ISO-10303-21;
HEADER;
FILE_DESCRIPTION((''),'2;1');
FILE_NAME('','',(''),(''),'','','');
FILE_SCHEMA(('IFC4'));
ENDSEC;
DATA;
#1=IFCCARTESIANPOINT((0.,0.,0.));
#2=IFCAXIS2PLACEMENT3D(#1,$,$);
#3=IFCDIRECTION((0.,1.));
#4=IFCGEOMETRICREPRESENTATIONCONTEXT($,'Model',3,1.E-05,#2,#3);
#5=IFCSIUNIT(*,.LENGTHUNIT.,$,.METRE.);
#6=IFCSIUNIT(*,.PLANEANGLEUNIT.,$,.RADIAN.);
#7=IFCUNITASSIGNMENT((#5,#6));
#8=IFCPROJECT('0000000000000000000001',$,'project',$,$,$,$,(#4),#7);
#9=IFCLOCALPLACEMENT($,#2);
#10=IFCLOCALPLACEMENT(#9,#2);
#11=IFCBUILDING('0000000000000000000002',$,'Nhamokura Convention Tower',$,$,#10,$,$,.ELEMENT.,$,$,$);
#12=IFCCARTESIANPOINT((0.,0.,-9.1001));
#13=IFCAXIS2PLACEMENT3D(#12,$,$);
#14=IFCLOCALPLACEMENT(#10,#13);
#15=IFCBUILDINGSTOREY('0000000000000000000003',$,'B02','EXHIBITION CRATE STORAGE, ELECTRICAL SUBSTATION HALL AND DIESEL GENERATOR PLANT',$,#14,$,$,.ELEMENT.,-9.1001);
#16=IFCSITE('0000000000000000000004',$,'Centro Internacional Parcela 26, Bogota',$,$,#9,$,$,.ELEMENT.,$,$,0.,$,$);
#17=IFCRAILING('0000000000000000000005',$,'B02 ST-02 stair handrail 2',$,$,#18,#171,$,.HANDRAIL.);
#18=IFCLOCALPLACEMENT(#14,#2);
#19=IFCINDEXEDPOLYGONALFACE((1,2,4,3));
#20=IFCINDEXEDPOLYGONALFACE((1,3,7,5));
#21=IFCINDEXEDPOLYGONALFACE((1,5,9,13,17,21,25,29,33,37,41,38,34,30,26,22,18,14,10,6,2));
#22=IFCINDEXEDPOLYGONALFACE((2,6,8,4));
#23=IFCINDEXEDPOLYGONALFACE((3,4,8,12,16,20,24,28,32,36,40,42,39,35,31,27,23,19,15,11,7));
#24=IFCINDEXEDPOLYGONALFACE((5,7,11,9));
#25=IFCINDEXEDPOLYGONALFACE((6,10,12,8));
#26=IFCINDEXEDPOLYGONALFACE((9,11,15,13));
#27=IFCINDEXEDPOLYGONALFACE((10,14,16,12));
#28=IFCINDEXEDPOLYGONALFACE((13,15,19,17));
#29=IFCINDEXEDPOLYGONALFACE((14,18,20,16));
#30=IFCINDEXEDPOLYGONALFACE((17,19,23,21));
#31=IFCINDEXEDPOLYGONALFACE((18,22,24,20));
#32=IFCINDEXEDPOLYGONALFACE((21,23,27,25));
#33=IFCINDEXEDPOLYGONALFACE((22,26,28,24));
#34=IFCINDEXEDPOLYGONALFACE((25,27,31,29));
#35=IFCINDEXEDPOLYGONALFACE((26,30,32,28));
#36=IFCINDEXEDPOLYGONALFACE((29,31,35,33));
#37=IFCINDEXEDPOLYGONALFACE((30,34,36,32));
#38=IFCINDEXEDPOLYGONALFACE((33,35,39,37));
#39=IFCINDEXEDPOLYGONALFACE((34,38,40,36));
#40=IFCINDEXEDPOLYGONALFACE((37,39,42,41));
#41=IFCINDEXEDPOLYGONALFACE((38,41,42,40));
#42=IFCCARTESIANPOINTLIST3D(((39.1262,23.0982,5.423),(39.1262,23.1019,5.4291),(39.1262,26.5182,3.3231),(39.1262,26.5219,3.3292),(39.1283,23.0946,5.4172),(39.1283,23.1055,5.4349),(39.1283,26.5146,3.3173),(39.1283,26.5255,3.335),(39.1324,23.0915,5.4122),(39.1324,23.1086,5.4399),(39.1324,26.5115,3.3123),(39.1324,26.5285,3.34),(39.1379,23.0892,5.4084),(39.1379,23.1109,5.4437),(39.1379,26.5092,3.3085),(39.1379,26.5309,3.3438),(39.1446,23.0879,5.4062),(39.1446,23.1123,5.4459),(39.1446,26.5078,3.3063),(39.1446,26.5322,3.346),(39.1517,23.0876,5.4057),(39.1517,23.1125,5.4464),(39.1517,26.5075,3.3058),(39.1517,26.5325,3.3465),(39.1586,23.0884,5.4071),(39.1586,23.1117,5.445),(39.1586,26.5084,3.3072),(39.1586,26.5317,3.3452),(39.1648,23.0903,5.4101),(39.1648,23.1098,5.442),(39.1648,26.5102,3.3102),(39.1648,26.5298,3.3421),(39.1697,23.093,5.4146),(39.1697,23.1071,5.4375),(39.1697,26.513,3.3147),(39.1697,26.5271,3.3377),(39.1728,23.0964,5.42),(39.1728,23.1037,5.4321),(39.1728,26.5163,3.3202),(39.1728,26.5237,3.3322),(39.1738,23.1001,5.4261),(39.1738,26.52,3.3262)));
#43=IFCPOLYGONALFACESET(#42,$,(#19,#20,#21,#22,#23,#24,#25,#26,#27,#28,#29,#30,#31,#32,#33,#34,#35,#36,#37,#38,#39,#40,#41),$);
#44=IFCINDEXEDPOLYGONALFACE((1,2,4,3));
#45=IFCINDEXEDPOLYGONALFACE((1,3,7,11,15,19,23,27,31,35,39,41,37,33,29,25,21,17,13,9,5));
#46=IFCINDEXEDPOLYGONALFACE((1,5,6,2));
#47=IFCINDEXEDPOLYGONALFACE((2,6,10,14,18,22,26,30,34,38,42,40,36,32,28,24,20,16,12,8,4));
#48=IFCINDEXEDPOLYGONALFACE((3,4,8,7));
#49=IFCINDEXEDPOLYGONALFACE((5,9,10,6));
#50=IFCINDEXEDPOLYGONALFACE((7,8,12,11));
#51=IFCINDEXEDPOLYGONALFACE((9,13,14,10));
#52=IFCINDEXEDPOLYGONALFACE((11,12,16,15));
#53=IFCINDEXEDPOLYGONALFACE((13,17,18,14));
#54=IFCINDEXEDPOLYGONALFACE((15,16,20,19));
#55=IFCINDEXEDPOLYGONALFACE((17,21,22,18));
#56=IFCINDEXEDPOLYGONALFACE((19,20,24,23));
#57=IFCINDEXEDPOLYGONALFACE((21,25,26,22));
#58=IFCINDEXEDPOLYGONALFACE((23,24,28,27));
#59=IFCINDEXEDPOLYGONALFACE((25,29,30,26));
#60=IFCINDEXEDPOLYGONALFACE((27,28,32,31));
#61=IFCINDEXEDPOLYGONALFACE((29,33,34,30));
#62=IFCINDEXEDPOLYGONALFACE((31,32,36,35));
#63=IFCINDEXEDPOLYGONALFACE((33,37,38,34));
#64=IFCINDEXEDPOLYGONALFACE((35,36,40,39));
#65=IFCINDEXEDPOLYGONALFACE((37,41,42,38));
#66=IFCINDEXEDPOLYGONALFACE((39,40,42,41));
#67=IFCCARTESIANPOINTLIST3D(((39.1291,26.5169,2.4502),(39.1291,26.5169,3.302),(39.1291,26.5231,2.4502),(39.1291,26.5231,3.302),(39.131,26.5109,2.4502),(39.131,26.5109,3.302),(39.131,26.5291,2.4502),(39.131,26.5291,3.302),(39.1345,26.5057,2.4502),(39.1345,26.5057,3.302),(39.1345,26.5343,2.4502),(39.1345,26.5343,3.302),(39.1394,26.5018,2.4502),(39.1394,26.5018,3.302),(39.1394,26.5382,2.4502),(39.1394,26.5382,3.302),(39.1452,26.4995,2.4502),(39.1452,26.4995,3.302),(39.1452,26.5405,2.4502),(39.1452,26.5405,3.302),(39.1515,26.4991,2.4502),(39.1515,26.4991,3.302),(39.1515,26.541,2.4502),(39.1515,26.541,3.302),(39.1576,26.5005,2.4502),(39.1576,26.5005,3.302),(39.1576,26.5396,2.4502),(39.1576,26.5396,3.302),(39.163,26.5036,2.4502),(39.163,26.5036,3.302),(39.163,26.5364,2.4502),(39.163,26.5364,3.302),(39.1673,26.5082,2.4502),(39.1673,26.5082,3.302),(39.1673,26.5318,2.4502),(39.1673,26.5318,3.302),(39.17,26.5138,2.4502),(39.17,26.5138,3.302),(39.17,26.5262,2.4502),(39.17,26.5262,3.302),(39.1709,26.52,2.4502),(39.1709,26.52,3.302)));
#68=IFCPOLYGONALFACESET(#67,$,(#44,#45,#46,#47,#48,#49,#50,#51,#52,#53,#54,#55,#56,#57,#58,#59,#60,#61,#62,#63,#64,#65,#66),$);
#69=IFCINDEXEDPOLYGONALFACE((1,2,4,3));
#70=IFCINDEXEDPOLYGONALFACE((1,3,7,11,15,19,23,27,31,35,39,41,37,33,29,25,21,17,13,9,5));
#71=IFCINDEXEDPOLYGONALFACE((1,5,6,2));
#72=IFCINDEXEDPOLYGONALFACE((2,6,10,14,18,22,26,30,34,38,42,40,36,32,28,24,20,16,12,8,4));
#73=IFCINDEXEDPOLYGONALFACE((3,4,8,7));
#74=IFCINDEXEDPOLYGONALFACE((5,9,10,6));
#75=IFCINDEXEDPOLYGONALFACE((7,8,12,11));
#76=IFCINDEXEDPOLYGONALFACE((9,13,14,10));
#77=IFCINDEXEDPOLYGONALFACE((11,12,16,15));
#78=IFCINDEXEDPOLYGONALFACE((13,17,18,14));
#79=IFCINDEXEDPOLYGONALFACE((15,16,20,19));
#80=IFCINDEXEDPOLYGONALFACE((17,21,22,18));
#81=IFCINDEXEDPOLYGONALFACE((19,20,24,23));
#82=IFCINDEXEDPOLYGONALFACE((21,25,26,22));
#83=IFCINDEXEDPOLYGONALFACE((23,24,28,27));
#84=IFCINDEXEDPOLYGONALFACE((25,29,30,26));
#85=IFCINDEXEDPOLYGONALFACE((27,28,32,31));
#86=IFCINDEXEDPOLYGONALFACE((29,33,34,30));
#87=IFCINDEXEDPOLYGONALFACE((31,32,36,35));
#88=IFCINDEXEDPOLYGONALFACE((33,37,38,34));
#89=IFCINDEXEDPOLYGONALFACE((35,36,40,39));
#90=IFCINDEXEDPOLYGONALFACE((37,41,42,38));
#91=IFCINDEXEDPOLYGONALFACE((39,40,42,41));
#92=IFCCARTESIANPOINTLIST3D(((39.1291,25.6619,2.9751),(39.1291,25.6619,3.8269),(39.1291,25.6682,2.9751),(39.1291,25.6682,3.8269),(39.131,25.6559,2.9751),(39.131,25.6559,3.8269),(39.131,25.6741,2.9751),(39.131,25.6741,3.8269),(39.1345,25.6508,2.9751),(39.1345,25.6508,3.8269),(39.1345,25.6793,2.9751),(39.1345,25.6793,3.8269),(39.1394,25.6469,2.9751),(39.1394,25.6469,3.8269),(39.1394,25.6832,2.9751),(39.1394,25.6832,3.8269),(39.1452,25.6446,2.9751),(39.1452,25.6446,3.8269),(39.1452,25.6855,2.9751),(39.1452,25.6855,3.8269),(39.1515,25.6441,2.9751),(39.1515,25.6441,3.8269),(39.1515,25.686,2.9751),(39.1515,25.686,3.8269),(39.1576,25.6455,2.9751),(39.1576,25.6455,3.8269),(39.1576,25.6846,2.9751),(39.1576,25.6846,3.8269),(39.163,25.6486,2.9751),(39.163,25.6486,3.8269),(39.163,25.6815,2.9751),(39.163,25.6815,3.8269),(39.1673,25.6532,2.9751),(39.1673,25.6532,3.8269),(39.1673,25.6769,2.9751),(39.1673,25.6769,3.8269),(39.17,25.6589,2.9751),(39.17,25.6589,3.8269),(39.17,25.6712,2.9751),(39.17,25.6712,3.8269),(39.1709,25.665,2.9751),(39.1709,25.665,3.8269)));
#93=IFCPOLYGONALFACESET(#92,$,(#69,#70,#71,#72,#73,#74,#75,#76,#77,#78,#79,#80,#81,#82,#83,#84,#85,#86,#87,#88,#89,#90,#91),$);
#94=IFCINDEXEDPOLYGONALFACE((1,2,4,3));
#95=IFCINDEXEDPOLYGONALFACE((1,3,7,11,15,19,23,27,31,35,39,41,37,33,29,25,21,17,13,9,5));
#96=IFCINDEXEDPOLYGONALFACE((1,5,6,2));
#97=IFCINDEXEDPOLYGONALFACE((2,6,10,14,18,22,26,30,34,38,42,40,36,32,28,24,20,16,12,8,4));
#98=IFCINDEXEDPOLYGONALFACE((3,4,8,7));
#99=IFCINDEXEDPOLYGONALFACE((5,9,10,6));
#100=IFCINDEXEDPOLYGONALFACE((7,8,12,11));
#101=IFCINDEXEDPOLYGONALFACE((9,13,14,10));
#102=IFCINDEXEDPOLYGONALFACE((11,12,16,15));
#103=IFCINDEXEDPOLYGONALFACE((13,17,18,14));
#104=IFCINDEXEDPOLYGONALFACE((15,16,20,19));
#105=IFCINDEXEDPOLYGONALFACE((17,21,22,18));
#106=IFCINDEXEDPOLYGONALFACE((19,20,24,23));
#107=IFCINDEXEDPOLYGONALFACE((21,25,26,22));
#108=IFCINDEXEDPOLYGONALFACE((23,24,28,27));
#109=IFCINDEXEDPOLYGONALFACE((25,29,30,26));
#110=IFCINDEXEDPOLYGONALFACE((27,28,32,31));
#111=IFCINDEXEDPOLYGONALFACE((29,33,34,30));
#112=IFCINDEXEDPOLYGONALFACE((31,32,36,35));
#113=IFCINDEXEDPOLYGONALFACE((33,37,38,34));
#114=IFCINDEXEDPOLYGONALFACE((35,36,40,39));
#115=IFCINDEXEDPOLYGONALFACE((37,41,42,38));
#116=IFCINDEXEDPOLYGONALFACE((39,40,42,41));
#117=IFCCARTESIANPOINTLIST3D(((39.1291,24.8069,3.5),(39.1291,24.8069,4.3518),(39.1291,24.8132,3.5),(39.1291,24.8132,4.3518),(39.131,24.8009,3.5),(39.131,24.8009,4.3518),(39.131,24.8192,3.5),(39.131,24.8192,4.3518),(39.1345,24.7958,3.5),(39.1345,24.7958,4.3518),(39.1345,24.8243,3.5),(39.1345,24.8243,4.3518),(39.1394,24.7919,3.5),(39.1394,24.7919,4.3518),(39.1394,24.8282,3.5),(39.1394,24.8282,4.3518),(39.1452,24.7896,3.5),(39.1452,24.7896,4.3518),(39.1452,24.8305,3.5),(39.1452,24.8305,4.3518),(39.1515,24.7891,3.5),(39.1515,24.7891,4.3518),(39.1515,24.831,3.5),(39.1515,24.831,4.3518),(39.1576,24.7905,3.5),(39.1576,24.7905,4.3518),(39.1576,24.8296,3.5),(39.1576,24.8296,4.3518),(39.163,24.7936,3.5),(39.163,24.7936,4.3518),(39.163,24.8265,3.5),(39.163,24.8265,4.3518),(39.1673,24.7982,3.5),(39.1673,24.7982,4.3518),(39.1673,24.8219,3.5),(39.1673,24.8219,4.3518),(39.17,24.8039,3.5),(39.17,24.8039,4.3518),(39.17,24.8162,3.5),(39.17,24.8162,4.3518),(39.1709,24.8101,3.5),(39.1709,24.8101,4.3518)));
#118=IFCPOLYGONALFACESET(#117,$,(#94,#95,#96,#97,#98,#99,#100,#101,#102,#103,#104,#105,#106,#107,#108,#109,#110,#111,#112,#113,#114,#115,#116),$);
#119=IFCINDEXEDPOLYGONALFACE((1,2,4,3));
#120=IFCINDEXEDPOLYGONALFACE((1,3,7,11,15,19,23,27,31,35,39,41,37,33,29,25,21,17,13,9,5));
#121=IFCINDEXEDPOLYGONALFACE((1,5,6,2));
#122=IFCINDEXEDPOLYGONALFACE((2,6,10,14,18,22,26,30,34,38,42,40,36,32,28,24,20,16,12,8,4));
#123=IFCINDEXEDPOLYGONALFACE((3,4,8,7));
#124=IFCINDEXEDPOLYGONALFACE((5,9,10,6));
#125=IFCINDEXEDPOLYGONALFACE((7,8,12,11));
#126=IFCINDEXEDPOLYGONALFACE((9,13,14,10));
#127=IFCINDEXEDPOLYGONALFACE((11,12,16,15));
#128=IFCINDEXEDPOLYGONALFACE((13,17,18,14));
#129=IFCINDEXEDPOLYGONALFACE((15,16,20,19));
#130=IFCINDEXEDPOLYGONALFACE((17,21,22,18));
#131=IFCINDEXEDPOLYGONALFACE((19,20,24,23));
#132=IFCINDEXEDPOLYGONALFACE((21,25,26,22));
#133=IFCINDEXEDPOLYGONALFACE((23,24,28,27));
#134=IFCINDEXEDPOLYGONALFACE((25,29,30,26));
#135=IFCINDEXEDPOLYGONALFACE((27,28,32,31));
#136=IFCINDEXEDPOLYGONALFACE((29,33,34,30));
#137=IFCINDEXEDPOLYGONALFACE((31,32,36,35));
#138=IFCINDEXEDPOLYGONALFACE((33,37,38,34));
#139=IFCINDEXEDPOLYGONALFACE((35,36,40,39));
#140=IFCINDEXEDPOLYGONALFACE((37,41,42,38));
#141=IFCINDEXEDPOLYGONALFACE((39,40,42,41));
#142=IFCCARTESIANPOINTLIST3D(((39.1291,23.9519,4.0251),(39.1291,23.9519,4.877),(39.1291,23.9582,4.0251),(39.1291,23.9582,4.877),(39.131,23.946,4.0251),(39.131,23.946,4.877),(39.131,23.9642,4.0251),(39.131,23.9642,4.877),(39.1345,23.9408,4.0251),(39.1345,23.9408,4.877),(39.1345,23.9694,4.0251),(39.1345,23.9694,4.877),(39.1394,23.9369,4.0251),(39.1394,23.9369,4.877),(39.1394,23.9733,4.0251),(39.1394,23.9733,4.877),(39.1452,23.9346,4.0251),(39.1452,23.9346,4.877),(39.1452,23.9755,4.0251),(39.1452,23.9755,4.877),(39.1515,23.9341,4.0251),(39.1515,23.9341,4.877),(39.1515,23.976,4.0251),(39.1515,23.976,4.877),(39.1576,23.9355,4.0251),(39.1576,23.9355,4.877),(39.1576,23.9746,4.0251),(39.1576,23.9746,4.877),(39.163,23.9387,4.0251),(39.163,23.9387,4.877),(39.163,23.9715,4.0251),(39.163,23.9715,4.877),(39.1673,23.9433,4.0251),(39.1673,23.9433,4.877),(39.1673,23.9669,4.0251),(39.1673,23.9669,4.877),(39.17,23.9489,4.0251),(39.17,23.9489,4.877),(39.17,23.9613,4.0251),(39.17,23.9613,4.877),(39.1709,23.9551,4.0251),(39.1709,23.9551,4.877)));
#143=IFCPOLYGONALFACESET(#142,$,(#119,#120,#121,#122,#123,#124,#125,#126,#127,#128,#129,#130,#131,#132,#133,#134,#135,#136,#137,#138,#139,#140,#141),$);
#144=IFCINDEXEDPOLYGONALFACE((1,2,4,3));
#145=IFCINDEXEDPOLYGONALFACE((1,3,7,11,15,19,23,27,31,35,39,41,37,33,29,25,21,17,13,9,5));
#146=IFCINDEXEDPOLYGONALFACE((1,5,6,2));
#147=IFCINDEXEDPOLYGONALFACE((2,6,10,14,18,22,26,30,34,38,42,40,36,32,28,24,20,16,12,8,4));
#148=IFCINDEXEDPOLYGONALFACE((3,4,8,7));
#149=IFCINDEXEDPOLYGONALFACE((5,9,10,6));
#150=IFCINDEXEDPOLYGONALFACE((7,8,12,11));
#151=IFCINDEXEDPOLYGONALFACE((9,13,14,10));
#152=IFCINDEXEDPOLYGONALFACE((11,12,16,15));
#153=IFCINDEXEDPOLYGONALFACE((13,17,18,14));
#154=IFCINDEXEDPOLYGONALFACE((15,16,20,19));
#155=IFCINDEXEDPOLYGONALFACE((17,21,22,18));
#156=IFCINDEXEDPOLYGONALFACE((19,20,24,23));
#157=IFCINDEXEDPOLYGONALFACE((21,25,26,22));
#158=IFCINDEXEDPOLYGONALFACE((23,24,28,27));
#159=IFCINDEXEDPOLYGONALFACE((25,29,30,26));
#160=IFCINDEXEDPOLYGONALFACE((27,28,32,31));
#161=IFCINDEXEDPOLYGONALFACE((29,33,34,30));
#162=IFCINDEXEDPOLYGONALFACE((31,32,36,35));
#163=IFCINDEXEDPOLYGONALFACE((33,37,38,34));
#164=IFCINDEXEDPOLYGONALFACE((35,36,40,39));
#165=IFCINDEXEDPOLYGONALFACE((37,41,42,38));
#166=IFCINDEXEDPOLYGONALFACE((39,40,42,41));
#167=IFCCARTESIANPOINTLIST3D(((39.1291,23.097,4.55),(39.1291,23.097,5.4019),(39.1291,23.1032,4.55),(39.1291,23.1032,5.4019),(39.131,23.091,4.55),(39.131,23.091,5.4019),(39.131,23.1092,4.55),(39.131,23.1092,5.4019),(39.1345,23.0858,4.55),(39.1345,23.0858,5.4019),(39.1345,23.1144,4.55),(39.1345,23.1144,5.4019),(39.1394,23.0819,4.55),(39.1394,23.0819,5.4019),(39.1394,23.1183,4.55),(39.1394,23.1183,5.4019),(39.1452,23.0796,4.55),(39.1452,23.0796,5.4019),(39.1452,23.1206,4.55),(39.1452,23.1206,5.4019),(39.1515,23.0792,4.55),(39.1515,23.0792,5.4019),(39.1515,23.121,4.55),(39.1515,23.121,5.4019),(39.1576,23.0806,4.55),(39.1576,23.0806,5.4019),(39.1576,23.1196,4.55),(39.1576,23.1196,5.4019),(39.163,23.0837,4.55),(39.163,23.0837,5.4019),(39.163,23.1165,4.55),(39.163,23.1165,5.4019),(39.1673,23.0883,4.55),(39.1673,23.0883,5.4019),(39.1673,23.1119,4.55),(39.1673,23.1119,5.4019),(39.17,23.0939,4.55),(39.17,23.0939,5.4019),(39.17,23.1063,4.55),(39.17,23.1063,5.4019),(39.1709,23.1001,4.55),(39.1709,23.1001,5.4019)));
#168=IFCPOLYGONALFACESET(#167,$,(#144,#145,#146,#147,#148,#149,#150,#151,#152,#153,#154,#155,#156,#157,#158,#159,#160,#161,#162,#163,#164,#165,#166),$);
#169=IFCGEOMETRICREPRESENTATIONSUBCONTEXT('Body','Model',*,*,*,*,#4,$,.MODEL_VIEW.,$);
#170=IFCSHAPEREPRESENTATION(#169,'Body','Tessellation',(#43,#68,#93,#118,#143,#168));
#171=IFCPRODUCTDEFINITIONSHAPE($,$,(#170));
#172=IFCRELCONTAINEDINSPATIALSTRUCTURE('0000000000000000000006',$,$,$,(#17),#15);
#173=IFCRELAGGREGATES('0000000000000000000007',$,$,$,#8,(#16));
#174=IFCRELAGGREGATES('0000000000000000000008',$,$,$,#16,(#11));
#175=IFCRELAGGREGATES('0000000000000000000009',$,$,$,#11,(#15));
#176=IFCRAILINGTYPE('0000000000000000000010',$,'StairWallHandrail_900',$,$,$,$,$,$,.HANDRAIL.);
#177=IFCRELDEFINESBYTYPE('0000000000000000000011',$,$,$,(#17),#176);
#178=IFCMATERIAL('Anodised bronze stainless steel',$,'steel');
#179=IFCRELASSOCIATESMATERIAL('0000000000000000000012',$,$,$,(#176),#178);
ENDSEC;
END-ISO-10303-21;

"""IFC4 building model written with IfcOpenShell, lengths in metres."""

from ifc_helpers import new_model, si_unit, direction, frame, origin, origin_2d, place, context, subcontext, project, spatial, circle, extrude, material, type_object, element, save


model = new_model("IFC4")

# Units and contexts
model_context = context("Model", 3, precision=1e-05, world=origin(), true_north=direction((0.0, 1.0)))
body_context = subcontext(model_context, "Body", "Model", "MODEL_VIEW")
ifc_project = project(units=[si_unit("LENGTHUNIT", "METRE"), si_unit("PLANEANGLEUNIT", "RADIAN")], contexts=[model_context])

# Site, building, storey
site_placement = place(None, origin())
site = spatial("IfcSite", under=ifc_project, at=site_placement, Name="Centro Internacional Parcela 26, Bogota", CompositionType="ELEMENT", RefElevation=0.0)
building_placement = place(site_placement, origin())
building = spatial("IfcBuilding", under=site, at=building_placement, Name="Nhamokura Convention Tower", CompositionType="ELEMENT")
storey_placement = place(building_placement, frame((0.0, 0.0, -9.1001)))
storey = spatial("IfcBuildingStorey", under=building, at=storey_placement, Name="B02", Description="EXHIBITION CRATE STORAGE, ELECTRICAL SUBSTATION HALL AND DIESEL GENERATOR PLANT", CompositionType="ELEMENT", Elevation=-9.1001)

# Railing
ifc_material_1 = material(Name="Anodised bronze stainless steel", Category="steel")
railing_type_1 = type_object("IfcRailingType", Name="StairWallHandrail_900", PredefinedType="HANDRAIL", material=ifc_material_1)
railing_1_placement = place(storey_placement, frame((39.1499, 26.52, 2.4502)))
element("IfcRailing", 1, at=railing_1_placement, inside=storey, type_object=railing_type_1, Name="B02 ST-02 stair handrail 2", PredefinedType="HANDRAIL", context=body_context, shape_type="SweptSolid", body=[
    extrude(circle(Radius=0.0239, at=origin_2d()), frame((0.0, 0.0, 0.876), z_axis=(0.0, -0.852182, 0.523245), x_axis=(1.0, 0.0, 0.0)), (0.0, 0.0, 1.0), 4.0132),
    extrude(circle(Radius=0.021, at=origin_2d()), origin(), (0.0, 0.0, 1.0), 0.8518),
    extrude(circle(Radius=0.021, at=origin_2d()), frame((0.0, -0.855, 0.5249)), (0.0, 0.0, 1.0), 0.8518),
    extrude(circle(Radius=0.021, at=origin_2d()), frame((0.0, -1.71, 1.0498)), (0.0, 0.0, 1.0), 0.8518),
    extrude(circle(Radius=0.021, at=origin_2d()), frame((0.0, -2.5649, 1.575)), (0.0, 0.0, 1.0), 0.8518),
    extrude(circle(Radius=0.021, at=origin_2d()), frame((0.0, -3.4199, 2.0999)), (0.0, 0.0, 1.0), 0.8518),
])

save(model, "model.ifc")
